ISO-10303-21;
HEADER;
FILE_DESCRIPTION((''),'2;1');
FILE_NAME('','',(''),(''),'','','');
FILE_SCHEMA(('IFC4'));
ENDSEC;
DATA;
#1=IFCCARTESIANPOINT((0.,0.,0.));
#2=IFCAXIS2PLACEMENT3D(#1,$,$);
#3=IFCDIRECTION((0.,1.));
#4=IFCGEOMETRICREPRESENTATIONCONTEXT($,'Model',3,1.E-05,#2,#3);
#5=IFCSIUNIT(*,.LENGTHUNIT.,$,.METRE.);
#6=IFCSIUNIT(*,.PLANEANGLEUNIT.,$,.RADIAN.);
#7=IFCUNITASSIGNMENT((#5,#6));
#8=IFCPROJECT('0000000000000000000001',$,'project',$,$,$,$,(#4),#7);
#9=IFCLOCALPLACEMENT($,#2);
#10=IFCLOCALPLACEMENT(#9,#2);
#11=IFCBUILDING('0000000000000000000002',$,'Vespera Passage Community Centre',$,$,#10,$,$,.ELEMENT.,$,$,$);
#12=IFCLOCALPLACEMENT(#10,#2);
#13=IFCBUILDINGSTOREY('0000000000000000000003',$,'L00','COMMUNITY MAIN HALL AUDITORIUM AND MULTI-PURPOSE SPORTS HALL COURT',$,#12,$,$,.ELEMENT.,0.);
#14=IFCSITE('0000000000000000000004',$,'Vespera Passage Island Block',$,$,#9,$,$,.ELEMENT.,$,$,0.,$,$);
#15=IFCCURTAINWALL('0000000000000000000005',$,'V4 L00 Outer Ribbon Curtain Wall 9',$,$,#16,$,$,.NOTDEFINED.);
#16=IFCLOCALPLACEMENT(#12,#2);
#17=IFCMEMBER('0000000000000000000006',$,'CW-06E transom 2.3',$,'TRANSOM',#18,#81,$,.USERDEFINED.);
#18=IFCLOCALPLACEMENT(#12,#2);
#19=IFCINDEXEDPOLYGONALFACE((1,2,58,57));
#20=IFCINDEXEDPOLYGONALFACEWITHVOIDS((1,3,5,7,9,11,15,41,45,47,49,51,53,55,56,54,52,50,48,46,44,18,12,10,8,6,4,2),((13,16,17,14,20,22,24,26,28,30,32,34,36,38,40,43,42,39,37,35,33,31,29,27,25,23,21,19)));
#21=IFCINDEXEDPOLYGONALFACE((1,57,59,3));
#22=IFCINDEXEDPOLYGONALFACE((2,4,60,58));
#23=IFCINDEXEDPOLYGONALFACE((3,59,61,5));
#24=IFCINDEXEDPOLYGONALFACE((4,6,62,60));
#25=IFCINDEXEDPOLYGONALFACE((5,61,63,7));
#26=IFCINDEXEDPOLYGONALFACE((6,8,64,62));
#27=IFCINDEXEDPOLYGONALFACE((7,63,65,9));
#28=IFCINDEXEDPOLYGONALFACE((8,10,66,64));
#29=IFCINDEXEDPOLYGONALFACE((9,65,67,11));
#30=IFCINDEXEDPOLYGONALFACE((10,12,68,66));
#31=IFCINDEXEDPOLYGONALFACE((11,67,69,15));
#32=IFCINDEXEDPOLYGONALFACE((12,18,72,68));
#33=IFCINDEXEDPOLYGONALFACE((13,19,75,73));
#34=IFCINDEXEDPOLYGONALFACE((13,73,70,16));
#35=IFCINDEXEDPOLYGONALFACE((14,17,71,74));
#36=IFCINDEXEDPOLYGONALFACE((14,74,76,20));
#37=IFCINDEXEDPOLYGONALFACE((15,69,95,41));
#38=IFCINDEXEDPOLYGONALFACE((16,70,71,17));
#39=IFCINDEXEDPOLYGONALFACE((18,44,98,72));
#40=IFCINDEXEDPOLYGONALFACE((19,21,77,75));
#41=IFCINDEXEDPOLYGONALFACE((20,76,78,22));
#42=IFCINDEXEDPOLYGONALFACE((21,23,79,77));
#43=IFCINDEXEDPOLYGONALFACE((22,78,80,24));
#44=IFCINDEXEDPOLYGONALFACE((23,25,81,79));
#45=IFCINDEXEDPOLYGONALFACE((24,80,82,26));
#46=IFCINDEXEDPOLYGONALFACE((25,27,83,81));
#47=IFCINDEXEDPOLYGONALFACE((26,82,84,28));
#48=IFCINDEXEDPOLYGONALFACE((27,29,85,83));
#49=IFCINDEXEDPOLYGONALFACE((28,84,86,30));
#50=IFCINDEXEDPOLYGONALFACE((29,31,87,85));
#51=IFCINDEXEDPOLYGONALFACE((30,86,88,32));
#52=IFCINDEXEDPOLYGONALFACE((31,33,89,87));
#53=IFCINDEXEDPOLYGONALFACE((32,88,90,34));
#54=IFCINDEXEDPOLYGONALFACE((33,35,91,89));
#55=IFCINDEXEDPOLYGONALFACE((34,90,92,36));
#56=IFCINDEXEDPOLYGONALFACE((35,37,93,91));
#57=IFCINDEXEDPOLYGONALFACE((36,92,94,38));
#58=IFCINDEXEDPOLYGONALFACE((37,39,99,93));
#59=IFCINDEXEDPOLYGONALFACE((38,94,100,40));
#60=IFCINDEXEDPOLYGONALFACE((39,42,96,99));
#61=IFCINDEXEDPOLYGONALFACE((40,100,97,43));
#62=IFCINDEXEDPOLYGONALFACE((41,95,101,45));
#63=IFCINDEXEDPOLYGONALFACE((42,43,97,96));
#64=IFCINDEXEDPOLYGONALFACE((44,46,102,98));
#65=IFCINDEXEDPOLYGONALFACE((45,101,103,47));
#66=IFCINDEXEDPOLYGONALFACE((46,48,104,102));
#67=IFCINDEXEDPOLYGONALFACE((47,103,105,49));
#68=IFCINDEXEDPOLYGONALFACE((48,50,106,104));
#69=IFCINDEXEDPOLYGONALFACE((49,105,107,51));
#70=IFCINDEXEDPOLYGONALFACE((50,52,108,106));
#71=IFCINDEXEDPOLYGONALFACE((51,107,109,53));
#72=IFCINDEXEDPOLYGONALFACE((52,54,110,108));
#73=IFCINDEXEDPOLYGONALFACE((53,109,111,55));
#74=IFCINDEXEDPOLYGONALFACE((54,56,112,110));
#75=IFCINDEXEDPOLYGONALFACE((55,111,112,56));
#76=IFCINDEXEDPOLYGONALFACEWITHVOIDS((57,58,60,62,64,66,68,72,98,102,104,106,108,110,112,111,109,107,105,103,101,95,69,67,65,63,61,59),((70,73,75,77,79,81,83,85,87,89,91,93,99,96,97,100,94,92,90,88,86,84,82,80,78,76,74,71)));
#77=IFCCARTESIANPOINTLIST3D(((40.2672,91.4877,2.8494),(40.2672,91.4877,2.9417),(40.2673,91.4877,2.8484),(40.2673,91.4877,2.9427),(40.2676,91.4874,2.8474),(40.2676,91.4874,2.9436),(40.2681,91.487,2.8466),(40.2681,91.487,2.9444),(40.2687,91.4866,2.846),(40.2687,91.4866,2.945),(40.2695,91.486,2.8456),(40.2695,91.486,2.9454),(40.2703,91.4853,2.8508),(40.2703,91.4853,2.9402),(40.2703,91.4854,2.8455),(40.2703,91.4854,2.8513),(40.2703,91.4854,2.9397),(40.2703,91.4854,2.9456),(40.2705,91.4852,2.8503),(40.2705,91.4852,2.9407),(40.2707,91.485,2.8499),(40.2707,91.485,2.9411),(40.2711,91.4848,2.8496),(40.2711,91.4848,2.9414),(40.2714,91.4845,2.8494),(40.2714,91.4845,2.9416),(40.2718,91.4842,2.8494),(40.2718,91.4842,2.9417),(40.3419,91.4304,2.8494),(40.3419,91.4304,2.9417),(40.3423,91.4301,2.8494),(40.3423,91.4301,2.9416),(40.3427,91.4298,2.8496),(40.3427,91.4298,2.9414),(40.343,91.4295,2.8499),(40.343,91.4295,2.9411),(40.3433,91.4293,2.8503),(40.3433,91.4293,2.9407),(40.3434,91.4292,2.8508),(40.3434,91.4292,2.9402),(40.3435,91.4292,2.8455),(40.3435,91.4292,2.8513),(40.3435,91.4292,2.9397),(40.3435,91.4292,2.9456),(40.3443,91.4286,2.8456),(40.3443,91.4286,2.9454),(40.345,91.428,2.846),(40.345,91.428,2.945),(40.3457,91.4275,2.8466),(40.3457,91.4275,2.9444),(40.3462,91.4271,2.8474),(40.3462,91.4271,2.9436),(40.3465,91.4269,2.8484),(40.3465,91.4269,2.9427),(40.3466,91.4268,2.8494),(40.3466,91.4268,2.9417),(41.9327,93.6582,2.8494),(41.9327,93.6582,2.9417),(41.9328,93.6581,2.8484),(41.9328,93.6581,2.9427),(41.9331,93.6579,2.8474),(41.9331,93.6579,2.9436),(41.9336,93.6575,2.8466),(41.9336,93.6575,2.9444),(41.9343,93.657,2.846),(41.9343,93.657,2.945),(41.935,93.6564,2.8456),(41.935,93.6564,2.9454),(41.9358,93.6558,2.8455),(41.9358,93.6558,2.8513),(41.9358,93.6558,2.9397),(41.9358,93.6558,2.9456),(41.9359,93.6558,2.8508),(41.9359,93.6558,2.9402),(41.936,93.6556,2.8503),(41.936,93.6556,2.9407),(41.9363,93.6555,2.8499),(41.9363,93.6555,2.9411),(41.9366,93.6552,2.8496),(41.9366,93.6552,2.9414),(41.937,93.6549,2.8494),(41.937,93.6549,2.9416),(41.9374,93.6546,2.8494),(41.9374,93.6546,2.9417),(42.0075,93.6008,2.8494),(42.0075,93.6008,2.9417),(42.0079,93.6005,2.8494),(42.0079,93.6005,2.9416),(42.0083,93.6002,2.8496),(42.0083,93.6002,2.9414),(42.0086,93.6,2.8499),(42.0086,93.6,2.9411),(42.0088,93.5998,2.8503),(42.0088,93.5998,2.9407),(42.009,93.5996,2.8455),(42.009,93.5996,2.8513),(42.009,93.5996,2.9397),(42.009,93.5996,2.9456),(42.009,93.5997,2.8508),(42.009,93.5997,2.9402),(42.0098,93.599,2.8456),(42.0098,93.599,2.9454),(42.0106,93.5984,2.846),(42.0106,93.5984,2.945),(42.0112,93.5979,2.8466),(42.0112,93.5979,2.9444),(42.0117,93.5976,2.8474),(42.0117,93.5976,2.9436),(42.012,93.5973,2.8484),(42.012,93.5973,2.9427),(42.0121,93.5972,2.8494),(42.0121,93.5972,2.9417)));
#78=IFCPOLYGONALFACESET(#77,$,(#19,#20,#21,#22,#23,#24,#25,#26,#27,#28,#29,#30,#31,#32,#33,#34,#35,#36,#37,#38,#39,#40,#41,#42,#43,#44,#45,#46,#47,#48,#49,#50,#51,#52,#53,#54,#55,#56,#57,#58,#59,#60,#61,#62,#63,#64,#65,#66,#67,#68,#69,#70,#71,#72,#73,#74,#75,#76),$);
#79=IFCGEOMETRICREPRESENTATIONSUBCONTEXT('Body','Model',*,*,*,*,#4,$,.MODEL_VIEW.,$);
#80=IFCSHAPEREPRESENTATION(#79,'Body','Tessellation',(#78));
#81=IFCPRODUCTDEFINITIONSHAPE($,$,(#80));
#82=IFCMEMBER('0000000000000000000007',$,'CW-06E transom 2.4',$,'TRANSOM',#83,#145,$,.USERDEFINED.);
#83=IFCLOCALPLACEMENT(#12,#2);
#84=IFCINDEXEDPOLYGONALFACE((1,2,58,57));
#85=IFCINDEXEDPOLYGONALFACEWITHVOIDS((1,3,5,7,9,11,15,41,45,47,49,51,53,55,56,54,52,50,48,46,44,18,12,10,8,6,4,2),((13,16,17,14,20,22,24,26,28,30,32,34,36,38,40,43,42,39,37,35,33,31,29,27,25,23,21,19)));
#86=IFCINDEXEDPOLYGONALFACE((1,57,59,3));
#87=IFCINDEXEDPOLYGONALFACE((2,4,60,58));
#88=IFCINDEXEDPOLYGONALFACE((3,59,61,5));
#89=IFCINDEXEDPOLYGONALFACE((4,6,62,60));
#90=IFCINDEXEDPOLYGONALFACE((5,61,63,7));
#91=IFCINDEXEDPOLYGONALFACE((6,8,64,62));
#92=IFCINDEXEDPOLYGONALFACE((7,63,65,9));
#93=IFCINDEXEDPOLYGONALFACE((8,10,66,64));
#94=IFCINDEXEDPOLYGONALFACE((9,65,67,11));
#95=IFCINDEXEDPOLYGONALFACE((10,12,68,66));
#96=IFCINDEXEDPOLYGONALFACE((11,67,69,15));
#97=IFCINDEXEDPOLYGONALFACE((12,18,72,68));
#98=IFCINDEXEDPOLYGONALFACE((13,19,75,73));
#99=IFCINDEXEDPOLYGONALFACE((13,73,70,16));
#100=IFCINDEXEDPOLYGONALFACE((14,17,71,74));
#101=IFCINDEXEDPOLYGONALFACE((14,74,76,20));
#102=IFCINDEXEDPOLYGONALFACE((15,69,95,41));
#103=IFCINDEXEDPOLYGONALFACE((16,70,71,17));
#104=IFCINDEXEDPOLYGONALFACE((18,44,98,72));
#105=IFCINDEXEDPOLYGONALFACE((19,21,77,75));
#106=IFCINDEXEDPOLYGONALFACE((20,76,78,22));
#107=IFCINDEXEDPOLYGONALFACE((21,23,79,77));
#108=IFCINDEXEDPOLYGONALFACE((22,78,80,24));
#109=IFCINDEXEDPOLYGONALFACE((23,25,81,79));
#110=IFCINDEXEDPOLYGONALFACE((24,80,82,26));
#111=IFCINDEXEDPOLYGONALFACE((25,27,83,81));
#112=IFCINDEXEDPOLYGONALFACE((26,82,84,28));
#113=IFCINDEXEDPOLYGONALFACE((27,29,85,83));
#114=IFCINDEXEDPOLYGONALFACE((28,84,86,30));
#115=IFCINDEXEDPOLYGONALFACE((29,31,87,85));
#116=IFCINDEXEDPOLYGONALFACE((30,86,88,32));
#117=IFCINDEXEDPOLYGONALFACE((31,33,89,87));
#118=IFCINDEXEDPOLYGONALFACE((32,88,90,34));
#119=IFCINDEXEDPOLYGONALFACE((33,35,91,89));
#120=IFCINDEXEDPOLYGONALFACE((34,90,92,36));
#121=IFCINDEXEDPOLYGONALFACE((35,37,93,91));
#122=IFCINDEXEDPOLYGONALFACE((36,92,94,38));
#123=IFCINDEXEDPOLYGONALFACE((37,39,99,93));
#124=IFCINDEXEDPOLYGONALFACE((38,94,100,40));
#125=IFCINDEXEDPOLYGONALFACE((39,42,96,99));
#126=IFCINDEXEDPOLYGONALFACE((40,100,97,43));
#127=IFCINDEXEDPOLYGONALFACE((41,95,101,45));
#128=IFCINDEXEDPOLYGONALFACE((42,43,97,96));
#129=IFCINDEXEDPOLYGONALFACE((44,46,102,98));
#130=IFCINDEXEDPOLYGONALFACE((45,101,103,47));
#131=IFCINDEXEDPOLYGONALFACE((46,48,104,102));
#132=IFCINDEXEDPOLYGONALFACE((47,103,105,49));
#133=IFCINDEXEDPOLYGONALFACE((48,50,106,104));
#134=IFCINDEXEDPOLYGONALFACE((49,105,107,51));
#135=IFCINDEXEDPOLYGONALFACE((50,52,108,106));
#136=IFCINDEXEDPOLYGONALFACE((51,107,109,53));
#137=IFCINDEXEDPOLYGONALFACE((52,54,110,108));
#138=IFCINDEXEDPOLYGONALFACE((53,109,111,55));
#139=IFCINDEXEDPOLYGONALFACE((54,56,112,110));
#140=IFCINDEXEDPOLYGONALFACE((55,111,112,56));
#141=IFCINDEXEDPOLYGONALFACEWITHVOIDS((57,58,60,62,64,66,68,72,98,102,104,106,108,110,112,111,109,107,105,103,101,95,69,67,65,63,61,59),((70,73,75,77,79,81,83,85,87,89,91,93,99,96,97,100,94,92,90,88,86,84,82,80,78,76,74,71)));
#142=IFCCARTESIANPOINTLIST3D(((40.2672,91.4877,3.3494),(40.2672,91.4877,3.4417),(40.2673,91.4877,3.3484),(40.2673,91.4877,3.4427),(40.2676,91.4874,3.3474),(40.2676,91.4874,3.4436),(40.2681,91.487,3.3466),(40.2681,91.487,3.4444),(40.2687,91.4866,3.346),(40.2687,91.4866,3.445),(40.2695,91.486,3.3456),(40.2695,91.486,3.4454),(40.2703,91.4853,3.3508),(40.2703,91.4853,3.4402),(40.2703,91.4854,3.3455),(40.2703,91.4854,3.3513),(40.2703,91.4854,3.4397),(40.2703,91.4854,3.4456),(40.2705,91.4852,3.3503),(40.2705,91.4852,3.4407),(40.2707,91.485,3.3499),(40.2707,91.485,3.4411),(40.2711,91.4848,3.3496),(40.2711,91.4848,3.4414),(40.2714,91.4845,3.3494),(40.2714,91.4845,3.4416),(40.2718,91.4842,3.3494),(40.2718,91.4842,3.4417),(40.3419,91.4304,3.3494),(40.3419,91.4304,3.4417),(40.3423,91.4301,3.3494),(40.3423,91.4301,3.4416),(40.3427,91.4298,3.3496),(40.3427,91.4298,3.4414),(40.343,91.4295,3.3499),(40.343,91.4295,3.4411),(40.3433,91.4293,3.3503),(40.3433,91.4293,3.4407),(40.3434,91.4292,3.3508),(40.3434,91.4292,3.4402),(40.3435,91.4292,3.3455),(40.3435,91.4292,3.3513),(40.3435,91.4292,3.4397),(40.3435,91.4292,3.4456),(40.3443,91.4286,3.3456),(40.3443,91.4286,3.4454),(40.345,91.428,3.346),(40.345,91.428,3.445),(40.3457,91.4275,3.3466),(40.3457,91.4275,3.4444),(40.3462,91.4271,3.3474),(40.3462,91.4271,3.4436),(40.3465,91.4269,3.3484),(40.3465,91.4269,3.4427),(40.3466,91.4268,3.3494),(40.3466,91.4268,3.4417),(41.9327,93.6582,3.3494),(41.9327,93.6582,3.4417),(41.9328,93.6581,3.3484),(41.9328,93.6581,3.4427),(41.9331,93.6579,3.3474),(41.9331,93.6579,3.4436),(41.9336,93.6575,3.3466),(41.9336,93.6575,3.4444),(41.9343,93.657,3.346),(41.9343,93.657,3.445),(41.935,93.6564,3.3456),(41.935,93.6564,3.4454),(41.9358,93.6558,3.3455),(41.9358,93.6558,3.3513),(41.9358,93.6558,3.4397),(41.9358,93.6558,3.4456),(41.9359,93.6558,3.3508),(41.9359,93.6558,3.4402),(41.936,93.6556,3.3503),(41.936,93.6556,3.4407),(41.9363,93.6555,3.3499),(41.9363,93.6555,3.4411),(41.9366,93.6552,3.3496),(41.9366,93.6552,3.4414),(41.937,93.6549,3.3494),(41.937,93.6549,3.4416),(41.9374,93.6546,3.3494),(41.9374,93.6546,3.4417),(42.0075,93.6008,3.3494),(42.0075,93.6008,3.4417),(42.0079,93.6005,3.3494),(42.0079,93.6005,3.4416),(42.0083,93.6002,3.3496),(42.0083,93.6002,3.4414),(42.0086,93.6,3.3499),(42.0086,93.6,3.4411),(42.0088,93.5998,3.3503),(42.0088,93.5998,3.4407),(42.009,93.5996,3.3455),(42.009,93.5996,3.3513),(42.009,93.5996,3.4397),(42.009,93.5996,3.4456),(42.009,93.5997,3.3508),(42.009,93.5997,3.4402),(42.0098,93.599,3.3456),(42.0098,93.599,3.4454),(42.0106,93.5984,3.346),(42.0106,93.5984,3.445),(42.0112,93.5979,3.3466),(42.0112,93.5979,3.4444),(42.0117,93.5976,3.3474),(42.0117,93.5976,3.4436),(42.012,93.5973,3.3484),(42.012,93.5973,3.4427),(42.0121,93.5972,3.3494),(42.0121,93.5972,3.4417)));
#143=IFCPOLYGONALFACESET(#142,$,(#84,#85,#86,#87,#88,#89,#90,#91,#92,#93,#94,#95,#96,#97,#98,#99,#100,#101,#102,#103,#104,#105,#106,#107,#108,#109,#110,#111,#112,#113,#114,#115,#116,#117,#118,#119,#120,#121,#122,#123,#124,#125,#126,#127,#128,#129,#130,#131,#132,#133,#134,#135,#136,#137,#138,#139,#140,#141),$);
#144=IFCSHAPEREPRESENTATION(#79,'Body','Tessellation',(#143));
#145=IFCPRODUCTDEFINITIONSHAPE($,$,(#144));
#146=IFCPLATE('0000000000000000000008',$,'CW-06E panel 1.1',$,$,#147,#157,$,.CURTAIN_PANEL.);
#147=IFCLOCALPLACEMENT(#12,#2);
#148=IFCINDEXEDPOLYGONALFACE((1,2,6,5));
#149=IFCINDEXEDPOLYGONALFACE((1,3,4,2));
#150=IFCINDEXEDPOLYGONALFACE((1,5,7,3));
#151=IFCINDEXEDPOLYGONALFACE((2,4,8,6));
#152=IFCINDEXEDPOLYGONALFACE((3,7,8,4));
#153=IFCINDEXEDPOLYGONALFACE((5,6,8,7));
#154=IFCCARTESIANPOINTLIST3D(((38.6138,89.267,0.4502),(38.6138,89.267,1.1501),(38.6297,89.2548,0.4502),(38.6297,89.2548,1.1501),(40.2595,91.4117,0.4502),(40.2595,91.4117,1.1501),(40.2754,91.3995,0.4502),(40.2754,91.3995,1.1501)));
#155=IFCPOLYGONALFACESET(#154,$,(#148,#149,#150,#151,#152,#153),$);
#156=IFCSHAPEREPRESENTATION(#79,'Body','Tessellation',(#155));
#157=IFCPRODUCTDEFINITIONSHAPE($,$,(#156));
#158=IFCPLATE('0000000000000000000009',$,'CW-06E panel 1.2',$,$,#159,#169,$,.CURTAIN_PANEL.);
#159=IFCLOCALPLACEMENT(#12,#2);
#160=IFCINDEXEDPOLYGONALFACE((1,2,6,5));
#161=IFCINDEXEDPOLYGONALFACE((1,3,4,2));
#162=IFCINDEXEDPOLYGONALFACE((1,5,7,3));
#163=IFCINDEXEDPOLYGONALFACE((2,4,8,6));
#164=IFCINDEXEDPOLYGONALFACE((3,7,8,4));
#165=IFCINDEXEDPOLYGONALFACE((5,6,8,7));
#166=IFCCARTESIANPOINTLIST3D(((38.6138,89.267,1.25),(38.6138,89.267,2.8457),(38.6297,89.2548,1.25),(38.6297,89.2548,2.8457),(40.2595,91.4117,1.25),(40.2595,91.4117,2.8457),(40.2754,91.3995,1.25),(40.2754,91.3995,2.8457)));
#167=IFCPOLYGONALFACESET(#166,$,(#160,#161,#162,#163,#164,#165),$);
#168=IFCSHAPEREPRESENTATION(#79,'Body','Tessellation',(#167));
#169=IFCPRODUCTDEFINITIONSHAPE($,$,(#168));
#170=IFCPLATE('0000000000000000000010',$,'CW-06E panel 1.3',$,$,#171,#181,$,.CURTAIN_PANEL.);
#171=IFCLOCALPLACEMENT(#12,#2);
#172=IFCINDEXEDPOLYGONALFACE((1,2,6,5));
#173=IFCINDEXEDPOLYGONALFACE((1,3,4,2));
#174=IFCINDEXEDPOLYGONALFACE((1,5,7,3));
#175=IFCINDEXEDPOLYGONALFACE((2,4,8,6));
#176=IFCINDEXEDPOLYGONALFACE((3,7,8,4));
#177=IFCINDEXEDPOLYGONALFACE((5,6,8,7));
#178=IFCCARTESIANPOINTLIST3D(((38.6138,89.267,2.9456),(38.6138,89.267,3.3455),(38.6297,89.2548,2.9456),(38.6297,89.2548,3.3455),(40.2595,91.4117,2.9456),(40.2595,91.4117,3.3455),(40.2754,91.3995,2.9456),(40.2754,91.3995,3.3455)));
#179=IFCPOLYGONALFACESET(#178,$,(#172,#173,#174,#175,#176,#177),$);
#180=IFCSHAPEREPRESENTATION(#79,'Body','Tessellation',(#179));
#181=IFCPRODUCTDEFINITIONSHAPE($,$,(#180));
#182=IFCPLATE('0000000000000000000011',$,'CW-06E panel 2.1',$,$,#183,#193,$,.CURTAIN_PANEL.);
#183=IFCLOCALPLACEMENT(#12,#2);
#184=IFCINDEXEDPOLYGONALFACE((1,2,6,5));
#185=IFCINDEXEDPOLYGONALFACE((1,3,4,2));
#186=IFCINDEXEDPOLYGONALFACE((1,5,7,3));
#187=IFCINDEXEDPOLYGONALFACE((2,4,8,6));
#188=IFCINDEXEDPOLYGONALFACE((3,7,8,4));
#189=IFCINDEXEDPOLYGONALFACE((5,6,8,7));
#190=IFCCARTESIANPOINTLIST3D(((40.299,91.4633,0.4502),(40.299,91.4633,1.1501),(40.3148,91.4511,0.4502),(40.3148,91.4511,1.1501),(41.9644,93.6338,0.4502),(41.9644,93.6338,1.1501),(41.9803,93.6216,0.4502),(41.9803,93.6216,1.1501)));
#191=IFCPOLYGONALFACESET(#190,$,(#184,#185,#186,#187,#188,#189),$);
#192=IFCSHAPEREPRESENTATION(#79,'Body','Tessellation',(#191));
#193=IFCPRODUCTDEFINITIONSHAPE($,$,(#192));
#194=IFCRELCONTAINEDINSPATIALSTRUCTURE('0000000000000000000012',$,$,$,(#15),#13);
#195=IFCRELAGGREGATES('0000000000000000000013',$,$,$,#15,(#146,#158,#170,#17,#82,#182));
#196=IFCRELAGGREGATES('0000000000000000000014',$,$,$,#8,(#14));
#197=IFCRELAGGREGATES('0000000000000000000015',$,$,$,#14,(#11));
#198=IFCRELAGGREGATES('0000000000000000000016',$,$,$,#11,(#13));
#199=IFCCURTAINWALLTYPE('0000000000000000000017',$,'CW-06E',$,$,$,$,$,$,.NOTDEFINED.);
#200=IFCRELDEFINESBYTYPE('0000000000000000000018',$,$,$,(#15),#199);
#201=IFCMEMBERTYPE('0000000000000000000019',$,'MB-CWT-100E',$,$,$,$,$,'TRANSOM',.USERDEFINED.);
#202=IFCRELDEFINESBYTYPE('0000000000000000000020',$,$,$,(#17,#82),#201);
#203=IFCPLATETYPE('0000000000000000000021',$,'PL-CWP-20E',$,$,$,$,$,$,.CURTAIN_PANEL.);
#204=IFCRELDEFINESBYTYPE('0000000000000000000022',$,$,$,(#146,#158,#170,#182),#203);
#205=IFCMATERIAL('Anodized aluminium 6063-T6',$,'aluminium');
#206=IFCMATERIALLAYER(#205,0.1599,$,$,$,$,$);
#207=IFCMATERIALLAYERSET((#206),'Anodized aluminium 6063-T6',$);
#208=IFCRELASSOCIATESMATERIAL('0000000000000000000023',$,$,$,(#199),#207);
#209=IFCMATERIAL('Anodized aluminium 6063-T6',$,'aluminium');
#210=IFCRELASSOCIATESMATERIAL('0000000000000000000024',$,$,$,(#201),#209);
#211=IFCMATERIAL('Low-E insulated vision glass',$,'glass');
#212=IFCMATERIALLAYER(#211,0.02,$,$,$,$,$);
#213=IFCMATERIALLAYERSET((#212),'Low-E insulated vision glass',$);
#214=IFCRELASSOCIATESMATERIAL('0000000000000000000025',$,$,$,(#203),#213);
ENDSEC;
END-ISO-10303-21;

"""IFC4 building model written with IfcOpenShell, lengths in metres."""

from ifc_helpers import new_model, si_unit, direction, frame, origin, origin_2d, place, context, subcontext, project, spatial, rectangle, hollow_rectangle, extrude, material, layer, layer_set, material_profile, profile_set, type_object, element, aggregate, save


model = new_model("IFC4")

# Units and contexts
model_context = context("Model", 3, precision=1e-05, world=origin(), true_north=direction((0.0, 1.0)))
body_context = subcontext(model_context, "Body", "Model", "MODEL_VIEW")
ifc_project = project(units=[si_unit("LENGTHUNIT", "METRE"), si_unit("PLANEANGLEUNIT", "RADIAN")], contexts=[model_context])

# Site, building, storey
site_placement = place(None, origin())
site = spatial("IfcSite", under=ifc_project, at=site_placement, Name="Vespera Passage Island Block", CompositionType="ELEMENT", RefElevation=0.0)
building_placement = place(site_placement, origin())
building = spatial("IfcBuilding", under=site, at=building_placement, Name="Vespera Passage Community Centre", CompositionType="ELEMENT")
storey_placement = place(building_placement, origin())
storey = spatial("IfcBuildingStorey", under=building, at=storey_placement, Name="L00", Description="COMMUNITY MAIN HALL AUDITORIUM AND MULTI-PURPOSE SPORTS HALL COURT", CompositionType="ELEMENT", Elevation=0.0)

# Curtain wall
ifc_material_1 = material(Name="Anodized aluminium 6063-T6", Category="aluminium")
ifc_layer_1 = layer(ifc_material_1, 0.1599)
ifc_layer_set_1 = layer_set([ifc_layer_1], Name="Anodized aluminium 6063-T6")
curtain_wall_type_1 = type_object("IfcCurtainWallType", Name="CW-06E", PredefinedType="NOTDEFINED", material=ifc_layer_set_1)
curtain_wall_1_placement = place(storey_placement, origin())
curtain_wall_1 = element("IfcCurtainWall", 1, at=curtain_wall_1_placement, inside=storey, type_object=curtain_wall_type_1, Name="V4 L00 Outer Ribbon Curtain Wall 9", PredefinedType="NOTDEFINED")

# Members
ifc_material_2 = material(Name="Anodized aluminium 6063-T6", Category="aluminium")
ifc_material_profile_1 = material_profile(ifc_material_2, hollow_rectangle(XDim=0.1001, YDim=0.1001, WallThickness=0.0039, InnerFilletRadius=0.002, OuterFilletRadius=0.0039, at=origin_2d()), Name="ALU100X100X4")
ifc_profile_set_1 = profile_set([ifc_material_profile_1], Name="Anodized aluminium 6063-T6")
member_type_1 = type_object("IfcMemberType", Name="MB-CWT-100E", ElementType="TRANSOM", PredefinedType="USERDEFINED", material=ifc_profile_set_1)
member_1_placement = place(storey_placement, frame((40.3069, 91.4573, 2.8955), z_axis=(0.608787, 0.793333, 0.0), x_axis=(-0.793333, 0.608787, 0.0)))
member_1 = element("IfcMember", 2, at=member_1_placement, type_object=member_type_1, Name="CW-06E transom 2.3", ObjectType="TRANSOM", PredefinedType="USERDEFINED", context=body_context, shape_type="SweptSolid", body=[
    extrude(hollow_rectangle(XDim=0.1001, YDim=0.1001, WallThickness=0.0039, InnerFilletRadius=0.002, OuterFilletRadius=0.0039, at=origin_2d()), origin(), (0.0, 0.0, 1.0), 2.7358),
])
member_2_placement = place(storey_placement, frame((40.3069, 91.4573, 3.3955), z_axis=(0.608787, 0.793333, 0.0), x_axis=(-0.793333, 0.608787, 0.0)))
member_2 = element("IfcMember", 3, at=member_2_placement, type_object=member_type_1, Name="CW-06E transom 2.4", ObjectType="TRANSOM", PredefinedType="USERDEFINED", context=body_context, shape_type="SweptSolid", body=[
    extrude(hollow_rectangle(XDim=0.1001, YDim=0.1001, WallThickness=0.0039, InnerFilletRadius=0.002, OuterFilletRadius=0.0039, at=origin_2d()), origin(), (0.0, 0.0, 1.0), 2.7358),
])

# Plates
ifc_material_3 = material(Name="Low-E insulated vision glass", Category="glass")
ifc_layer_2 = layer(ifc_material_3, 0.02)
ifc_layer_set_2 = layer_set([ifc_layer_2], Name="Low-E insulated vision glass")
plate_type = type_object("IfcPlateType", Name="PL-CWP-20E", PredefinedType="CURTAIN_PANEL", material=ifc_layer_set_2)
plate_1_placement = place(storey_placement, frame((39.4446, 90.3333, 0.4502), z_axis=(0.0, 0.0, 1.0), x_axis=(0.608765, 0.79335, 0.0)))
plate_1 = element("IfcPlate", 4, at=plate_1_placement, type_object=plate_type, Name="CW-06E panel 1.1", PredefinedType="CURTAIN_PANEL", context=body_context, shape_type="SweptSolid", body=[
    extrude(rectangle(XDim=2.7034, YDim=0.02, at=origin_2d()), origin(), (0.0, 0.0, 1.0), 0.7),
])
plate_2_placement = place(storey_placement, frame((39.4446, 90.3333, 1.25), z_axis=(0.0, 0.0, 1.0), x_axis=(0.608765, 0.79335, 0.0)))
plate_2 = element("IfcPlate", 5, at=plate_2_placement, type_object=plate_type, Name="CW-06E panel 1.2", PredefinedType="CURTAIN_PANEL", context=body_context, shape_type="SweptSolid", body=[
    extrude(rectangle(XDim=2.7034, YDim=0.02, at=origin_2d()), origin(), (0.0, 0.0, 1.0), 1.5957),
])
plate_3_placement = place(storey_placement, frame((39.4446, 90.3333, 2.9456), z_axis=(0.0, 0.0, 1.0), x_axis=(0.608765, 0.79335, 0.0)))
plate_3 = element("IfcPlate", 6, at=plate_3_placement, type_object=plate_type, Name="CW-06E panel 1.3", PredefinedType="CURTAIN_PANEL", context=body_context, shape_type="SweptSolid", body=[
    extrude(rectangle(XDim=2.7034, YDim=0.02, at=origin_2d()), origin(), (0.0, 0.0, 1.0), 0.3999),
])
plate_4_placement = place(storey_placement, frame((41.1396, 92.5425, 0.4502), z_axis=(0.0, 0.0, 1.0), x_axis=(0.608765, 0.79335, 0.0)))
plate_4 = element("IfcPlate", 7, at=plate_4_placement, type_object=plate_type, Name="CW-06E panel 2.1", PredefinedType="CURTAIN_PANEL", context=body_context, shape_type="SweptSolid", body=[
    extrude(rectangle(XDim=2.7358, YDim=0.02, at=origin_2d()), origin(), (0.0, 0.0, 1.0), 0.7),
])
aggregate(curtain_wall_1, [plate_1, plate_2, plate_3, member_1, member_2, plate_4])

save(model, "model.ifc")
